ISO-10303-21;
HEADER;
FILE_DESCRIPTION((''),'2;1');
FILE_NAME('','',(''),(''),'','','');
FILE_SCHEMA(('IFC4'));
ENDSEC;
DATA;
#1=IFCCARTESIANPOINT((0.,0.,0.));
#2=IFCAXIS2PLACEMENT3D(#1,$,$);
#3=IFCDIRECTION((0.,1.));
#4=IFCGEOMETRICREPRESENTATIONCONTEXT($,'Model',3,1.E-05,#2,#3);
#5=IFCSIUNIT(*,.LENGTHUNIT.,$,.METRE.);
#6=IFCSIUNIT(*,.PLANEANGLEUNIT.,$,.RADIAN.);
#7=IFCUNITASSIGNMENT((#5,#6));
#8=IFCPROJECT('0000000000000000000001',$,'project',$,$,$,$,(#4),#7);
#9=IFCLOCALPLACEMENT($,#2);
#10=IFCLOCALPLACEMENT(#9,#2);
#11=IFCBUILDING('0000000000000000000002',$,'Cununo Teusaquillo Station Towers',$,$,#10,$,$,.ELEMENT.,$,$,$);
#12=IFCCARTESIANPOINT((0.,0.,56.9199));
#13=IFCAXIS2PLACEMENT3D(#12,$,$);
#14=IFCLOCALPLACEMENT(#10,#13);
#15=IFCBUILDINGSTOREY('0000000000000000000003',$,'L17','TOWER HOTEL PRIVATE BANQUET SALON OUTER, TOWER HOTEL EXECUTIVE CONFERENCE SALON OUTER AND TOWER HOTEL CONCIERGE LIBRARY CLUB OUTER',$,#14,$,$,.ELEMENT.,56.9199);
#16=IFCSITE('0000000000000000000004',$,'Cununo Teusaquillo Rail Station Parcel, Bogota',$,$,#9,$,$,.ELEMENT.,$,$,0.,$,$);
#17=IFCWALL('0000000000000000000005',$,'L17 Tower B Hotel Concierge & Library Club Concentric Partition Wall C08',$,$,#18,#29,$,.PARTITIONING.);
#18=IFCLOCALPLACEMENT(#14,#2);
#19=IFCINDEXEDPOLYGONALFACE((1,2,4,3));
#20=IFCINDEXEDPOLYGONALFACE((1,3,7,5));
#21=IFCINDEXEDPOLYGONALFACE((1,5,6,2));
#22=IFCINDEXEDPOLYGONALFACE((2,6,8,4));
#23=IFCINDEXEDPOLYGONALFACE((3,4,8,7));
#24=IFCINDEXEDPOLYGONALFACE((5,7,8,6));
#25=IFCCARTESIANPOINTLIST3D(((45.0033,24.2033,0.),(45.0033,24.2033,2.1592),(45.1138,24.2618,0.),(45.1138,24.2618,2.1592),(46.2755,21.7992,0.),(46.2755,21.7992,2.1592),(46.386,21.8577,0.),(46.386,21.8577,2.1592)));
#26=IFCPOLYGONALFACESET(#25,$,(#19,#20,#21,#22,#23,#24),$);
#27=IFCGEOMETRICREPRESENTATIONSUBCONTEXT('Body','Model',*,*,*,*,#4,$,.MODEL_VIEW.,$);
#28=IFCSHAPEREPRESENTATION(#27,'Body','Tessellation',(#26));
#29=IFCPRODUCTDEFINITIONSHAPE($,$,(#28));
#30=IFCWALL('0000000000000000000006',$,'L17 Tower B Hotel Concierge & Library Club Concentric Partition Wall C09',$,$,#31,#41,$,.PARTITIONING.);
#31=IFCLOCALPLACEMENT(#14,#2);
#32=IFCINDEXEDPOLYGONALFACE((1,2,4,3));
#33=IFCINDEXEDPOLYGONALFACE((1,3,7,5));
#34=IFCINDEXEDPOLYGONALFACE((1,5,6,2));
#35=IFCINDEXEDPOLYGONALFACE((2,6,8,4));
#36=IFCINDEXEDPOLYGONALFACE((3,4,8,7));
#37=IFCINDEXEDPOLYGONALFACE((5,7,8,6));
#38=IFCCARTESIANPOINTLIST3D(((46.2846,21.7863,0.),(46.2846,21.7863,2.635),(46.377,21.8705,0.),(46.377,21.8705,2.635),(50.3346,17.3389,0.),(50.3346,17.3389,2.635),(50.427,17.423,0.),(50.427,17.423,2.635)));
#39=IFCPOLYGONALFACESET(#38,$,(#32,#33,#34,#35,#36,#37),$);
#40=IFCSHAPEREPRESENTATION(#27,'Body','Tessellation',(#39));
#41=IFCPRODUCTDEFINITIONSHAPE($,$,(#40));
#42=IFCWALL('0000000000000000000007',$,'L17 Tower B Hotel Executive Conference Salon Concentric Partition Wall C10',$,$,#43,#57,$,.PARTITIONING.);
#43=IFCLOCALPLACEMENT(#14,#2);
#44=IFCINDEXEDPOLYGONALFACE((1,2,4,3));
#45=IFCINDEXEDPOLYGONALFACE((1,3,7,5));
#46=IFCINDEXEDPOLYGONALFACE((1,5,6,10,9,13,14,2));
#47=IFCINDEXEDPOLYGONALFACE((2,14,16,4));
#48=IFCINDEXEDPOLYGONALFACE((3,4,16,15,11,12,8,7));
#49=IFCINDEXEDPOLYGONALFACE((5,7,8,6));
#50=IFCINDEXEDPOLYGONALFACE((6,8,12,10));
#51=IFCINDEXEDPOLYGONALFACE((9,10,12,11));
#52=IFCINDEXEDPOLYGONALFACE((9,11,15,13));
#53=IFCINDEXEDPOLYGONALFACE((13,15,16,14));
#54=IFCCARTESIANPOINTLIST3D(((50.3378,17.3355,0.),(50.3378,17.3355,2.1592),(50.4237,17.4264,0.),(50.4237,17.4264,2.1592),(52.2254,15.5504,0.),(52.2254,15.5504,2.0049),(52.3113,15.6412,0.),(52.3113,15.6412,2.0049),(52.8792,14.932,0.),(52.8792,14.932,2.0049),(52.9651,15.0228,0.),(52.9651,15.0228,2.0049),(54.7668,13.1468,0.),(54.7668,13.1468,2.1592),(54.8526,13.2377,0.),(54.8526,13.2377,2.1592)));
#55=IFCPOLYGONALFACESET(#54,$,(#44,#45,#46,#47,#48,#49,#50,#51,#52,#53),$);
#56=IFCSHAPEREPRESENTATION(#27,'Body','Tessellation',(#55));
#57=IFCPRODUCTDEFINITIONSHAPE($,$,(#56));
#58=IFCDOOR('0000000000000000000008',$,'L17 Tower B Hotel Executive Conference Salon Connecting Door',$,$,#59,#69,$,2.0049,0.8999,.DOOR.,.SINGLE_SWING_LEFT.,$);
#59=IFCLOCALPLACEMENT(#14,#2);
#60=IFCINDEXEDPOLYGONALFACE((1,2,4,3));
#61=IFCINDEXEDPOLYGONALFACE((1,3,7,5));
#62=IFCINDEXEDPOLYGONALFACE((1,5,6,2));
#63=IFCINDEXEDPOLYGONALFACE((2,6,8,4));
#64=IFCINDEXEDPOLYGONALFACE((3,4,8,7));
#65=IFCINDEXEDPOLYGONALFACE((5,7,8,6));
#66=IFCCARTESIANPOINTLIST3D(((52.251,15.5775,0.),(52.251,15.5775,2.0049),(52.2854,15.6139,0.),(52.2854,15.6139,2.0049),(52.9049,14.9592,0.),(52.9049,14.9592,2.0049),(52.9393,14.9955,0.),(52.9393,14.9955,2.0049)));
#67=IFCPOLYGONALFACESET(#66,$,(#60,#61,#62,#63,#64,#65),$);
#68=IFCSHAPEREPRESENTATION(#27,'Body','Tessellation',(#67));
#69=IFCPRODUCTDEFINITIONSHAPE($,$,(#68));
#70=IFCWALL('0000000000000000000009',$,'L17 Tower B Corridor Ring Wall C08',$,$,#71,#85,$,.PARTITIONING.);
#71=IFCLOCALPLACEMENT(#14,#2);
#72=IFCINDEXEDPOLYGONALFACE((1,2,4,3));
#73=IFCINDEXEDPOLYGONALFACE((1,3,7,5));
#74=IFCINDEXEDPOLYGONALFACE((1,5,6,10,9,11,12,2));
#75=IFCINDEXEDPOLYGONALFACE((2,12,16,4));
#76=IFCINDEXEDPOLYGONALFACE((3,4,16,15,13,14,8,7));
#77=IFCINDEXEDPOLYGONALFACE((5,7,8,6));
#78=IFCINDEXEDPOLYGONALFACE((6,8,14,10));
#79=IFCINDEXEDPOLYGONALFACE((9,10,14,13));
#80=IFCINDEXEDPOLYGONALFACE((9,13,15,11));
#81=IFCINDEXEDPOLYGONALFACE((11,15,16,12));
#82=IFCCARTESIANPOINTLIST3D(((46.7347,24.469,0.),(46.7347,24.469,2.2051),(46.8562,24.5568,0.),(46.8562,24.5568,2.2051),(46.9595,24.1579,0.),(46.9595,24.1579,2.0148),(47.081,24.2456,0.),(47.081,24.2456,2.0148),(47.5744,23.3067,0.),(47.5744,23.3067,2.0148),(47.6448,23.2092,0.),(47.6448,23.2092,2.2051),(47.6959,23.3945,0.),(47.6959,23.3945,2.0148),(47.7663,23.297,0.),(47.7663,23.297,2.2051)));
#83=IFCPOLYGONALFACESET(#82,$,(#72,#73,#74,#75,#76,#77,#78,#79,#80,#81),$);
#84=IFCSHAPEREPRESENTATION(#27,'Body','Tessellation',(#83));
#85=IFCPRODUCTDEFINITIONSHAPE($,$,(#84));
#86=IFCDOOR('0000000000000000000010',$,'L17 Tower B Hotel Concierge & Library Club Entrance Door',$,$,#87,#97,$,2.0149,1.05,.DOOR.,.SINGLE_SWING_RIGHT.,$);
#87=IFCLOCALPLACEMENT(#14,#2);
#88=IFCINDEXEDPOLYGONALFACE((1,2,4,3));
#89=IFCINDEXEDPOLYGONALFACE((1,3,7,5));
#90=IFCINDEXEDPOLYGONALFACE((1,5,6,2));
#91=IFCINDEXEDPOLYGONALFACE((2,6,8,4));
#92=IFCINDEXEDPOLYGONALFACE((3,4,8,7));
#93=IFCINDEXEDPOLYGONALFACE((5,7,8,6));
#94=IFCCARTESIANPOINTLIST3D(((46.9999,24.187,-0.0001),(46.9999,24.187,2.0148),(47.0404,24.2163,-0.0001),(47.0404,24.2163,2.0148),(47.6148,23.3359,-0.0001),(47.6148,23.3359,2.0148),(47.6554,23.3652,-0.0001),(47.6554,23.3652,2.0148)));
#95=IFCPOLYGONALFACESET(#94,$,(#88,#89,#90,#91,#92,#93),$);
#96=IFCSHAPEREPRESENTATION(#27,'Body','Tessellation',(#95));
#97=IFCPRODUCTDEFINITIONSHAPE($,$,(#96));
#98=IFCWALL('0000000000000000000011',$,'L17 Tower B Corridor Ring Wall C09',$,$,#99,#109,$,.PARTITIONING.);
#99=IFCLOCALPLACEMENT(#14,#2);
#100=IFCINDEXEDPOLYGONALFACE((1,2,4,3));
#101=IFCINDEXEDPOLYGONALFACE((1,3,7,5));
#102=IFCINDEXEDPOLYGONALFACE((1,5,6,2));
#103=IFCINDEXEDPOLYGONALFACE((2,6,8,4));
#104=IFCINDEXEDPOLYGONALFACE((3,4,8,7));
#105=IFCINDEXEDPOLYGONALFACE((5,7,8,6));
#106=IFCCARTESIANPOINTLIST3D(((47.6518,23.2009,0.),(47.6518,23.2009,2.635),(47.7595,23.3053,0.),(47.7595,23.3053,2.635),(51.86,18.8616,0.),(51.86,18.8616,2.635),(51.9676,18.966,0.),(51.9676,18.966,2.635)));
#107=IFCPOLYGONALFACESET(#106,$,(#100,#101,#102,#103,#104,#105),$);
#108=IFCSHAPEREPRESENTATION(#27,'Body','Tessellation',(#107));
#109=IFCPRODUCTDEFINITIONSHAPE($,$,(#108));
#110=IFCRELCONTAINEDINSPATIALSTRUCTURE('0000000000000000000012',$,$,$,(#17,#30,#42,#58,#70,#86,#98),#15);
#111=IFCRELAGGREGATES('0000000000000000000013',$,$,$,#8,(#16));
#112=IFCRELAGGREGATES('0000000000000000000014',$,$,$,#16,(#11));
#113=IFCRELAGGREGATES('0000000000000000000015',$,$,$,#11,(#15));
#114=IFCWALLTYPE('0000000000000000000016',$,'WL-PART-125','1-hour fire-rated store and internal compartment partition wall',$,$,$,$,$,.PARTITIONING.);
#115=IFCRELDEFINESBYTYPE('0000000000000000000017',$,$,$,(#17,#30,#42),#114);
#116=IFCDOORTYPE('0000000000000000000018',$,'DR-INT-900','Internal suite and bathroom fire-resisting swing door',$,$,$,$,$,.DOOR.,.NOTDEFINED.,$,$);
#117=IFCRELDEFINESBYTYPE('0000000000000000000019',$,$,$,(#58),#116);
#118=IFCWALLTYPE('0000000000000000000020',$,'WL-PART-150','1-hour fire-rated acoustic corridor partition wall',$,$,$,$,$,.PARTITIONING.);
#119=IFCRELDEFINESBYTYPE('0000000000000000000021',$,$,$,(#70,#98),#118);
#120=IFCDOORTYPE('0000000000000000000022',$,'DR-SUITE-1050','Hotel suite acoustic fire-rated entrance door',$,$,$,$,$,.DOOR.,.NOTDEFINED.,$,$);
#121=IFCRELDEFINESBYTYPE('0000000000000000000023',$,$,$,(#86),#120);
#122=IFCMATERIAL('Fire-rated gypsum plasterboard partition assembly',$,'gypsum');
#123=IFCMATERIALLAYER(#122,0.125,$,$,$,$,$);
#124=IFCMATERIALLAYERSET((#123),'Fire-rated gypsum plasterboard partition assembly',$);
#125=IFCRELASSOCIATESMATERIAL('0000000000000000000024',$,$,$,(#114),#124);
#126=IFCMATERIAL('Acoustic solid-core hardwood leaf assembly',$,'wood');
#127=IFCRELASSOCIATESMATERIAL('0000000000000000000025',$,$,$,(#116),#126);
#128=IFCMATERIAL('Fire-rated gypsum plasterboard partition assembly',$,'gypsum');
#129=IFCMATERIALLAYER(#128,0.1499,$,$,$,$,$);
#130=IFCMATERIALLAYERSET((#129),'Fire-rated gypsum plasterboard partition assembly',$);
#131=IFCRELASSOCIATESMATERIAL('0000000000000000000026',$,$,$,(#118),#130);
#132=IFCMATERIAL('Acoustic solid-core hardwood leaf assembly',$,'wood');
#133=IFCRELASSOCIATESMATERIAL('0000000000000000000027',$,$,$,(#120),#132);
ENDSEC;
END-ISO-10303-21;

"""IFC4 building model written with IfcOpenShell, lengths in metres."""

from ifc_helpers import new_model, si_unit, direction, frame, frame_2d, origin, place, context, subcontext, project, spatial, rectangle, extrude, source, transform, mapped, material, layer, layer_set, type_object, element, fill, save


model = new_model("IFC4")

# Units and contexts
model_context = context("Model", 3, precision=1e-05, world=origin(), true_north=direction((0.0, 1.0)))
body_context = subcontext(model_context, "Body", "Model", "MODEL_VIEW")
ifc_project = project(units=[si_unit("LENGTHUNIT", "METRE"), si_unit("PLANEANGLEUNIT", "RADIAN")], contexts=[model_context])

# Site, building, storey
site_placement = place(None, origin())
site = spatial("IfcSite", under=ifc_project, at=site_placement, Name="Cununo Teusaquillo Rail Station Parcel, Bogota", CompositionType="ELEMENT", RefElevation=0.0)
building_placement = place(site_placement, origin())
building = spatial("IfcBuilding", under=site, at=building_placement, Name="Cununo Teusaquillo Station Towers", CompositionType="ELEMENT")
storey_placement = place(building_placement, frame((0.0, 0.0, 56.9199)))
storey = spatial("IfcBuildingStorey", under=building, at=storey_placement, Name="L17", Description="TOWER HOTEL PRIVATE BANQUET SALON OUTER, TOWER HOTEL EXECUTIVE CONFERENCE SALON OUTER AND TOWER HOTEL CONCIERGE LIBRARY CLUB OUTER", CompositionType="ELEMENT", Elevation=56.9199)

# Walls
ifc_material_1 = material(Name="Fire-rated gypsum plasterboard partition assembly", Category="gypsum")
ifc_layer_1 = layer(ifc_material_1, 0.125)
ifc_layer_set_1 = layer_set([ifc_layer_1], Name="Fire-rated gypsum plasterboard partition assembly")
wall_type_1 = type_object("IfcWallType", Name="WL-PART-125", Description="1-hour fire-rated store and internal compartment partition wall", PredefinedType="PARTITIONING", material=ifc_layer_set_1)
wall_1_placement = place(storey_placement, frame((45.0586, 24.2324, 0.0), z_axis=(0.0, 0.0, 1.0), x_axis=(0.467739, -0.883867, 0.0)))
element("IfcWall", 1, at=wall_1_placement, inside=storey, type_object=wall_type_1, Name="L17 Tower B Hotel Concierge & Library Club Concentric Partition Wall C08", PredefinedType="PARTITIONING", context=body_context, shape_type="SweptSolid", body=[
    extrude(rectangle(XDim=2.72, YDim=0.125, at=frame_2d((1.3599, 0.0))), origin(), (0.0, 0.0, 1.0), 2.1592),
])
wall_2_placement = place(storey_placement, frame((46.3308, 21.8284, 0.0), z_axis=(0.0, 0.0, 1.0), x_axis=(0.673297, -0.739372, 0.0)))
element("IfcWall", 2, at=wall_2_placement, inside=storey, type_object=wall_type_1, Name="L17 Tower B Hotel Concierge & Library Club Concentric Partition Wall C09", PredefinedType="PARTITIONING", context=body_context, shape_type="SweptSolid", body=[
    extrude(rectangle(XDim=6.0151, YDim=0.125, at=frame_2d((3.0076, 0.0))), origin(), (0.0, 0.0, 1.0), 2.635),
])

# Walls, openings, doors
wall_3_placement = place(storey_placement, frame((50.3809, 17.3809, 0.0), z_axis=(0.0, 0.0, 1.0), x_axis=(0.726537, -0.687128, 0.0)))
wall_3 = element("IfcWall", 3, at=wall_3_placement, inside=storey, type_object=wall_type_1, Name="L17 Tower B Hotel Executive Conference Salon Concentric Partition Wall C10", PredefinedType="PARTITIONING", context=body_context, shape_type="SweptSolid", body=[
    extrude(rectangle(XDim=6.0959, YDim=0.125, at=frame_2d((3.0479, 0.0))), origin(), (0.0, 0.0, 1.0), 2.1592),
])
shared_shape_1 = source(origin(), body_context, "Body", "SweptSolid", [
    extrude(rectangle(XDim=0.8999, YDim=2.0049, at=frame_2d((0.45, 1.0024))), frame((0.0, 0.0725, 0.0), z_axis=(0.0, -1.0, 0.0), x_axis=(1.0, 0.0, 0.0)), (0.0, 0.0, 1.0), 0.145),
])
opening_1_placement = place(wall_3_placement, frame((2.5979, 0.0, 0.0)))
opening_1 = element("IfcOpeningElement", 4, at=opening_1_placement, cuts=wall_3, PredefinedType="OPENING", context=body_context, shape_type="MappedRepresentation", body=[
    mapped(shared_shape_1, transform((0.0, 0.0, 0.0), x_axis=(1.0, 0.0, 0.0), y_axis=(0.0, 1.0, 0.0), z_axis=(0.0, 0.0, 1.0), scale=1.0)),
])
ifc_material_2 = material(Name="Acoustic solid-core hardwood leaf assembly", Category="wood")
door_type_1 = type_object("IfcDoorType", Name="DR-INT-900", Description="Internal suite and bathroom fire-resisting swing door", OperationType="NOTDEFINED", PredefinedType="DOOR", material=ifc_material_2)
shared_shape_2 = source(origin(), body_context, "Body", "SweptSolid", [
    extrude(rectangle(XDim=0.8999, YDim=2.0049, at=frame_2d((0.45, 1.0024))), frame((0.0, 0.0249, 0.0), z_axis=(0.0, -1.0, 0.0), x_axis=(1.0, 0.0, 0.0)), (0.0, 0.0, 1.0), 0.05),
])
door_1_placement = place(opening_1_placement, origin())
door_1 = element("IfcDoor", 5, at=door_1_placement, inside=storey, type_object=door_type_1, Name="L17 Tower B Hotel Executive Conference Salon Connecting Door", OperationType="SINGLE_SWING_LEFT", OverallHeight=2.0049, OverallWidth=0.8999, PredefinedType="DOOR", context=body_context, shape_type="MappedRepresentation", body=[
    mapped(shared_shape_2, transform((0.0, 0.0, 0.0), x_axis=(1.0, 0.0, 0.0), y_axis=(0.0, 1.0, 0.0), z_axis=(0.0, 0.0, 1.0), scale=1.0)),
])
fill(opening_1, door_1)
ifc_material_3 = material(Name="Fire-rated gypsum plasterboard partition assembly", Category="gypsum")
ifc_layer_2 = layer(ifc_material_3, 0.1499)
ifc_layer_set_2 = layer_set([ifc_layer_2], Name="Fire-rated gypsum plasterboard partition assembly")
wall_type_2 = type_object("IfcWallType", Name="WL-PART-150", Description="1-hour fire-rated acoustic corridor partition wall", PredefinedType="PARTITIONING", material=ifc_layer_set_2)
wall_4_placement = place(storey_placement, frame((46.7954, 24.5129, 0.0), z_axis=(0.0, 0.0, 1.0), x_axis=(0.585628, -0.81058, 0.0)))
wall_4 = element("IfcWall", 6, at=wall_4_placement, inside=storey, type_object=wall_type_2, Name="L17 Tower B Corridor Ring Wall C08", PredefinedType="PARTITIONING", context=body_context, shape_type="SweptSolid", body=[
    extrude(rectangle(XDim=1.5542, YDim=0.1499, at=frame_2d((0.7771, 0.0))), origin(), (0.0, 0.0, 1.0), 2.2051),
])
shared_shape_3 = source(origin(), body_context, "Body", "SweptSolid", [
    extrude(rectangle(XDim=1.05, YDim=2.0149, at=frame_2d((0.5249, 1.0073))), frame((0.0, 0.085, 0.0), z_axis=(0.0, -1.0, 0.0), x_axis=(1.0, 0.0, 0.0)), (0.0, 0.0, 1.0), 0.1699),
])
opening_2_placement = place(wall_4_placement, frame((0.384, 0.0, 0.0)))
opening_2 = element("IfcOpeningElement", 7, at=opening_2_placement, cuts=wall_4, PredefinedType="OPENING", context=body_context, shape_type="MappedRepresentation", body=[
    mapped(shared_shape_3, transform((0.0, 0.0, 0.0), x_axis=(1.0, 0.0, 0.0), y_axis=(0.0, 1.0, 0.0), z_axis=(0.0, 0.0, 1.0), scale=1.0)),
])
ifc_material_4 = material(Name="Acoustic solid-core hardwood leaf assembly", Category="wood")
door_type_2 = type_object("IfcDoorType", Name="DR-SUITE-1050", Description="Hotel suite acoustic fire-rated entrance door", OperationType="NOTDEFINED", PredefinedType="DOOR", material=ifc_material_4)
shared_shape_4 = source(origin(), body_context, "Body", "SweptSolid", [
    extrude(rectangle(XDim=1.05, YDim=2.0149, at=frame_2d((0.5249, 1.0073))), frame((0.0, 0.0249, 0.0), z_axis=(0.0, -1.0, 0.0), x_axis=(1.0, 0.0, 0.0)), (0.0, 0.0, 1.0), 0.05),
])
door_2_placement = place(opening_2_placement, origin())
door_2 = element("IfcDoor", 8, at=door_2_placement, inside=storey, type_object=door_type_2, Name="L17 Tower B Hotel Concierge & Library Club Entrance Door", OperationType="SINGLE_SWING_RIGHT", OverallHeight=2.0149, OverallWidth=1.05, PredefinedType="DOOR", context=body_context, shape_type="MappedRepresentation", body=[
    mapped(shared_shape_4, transform((0.0, 0.0, 0.0), x_axis=(1.0, 0.0, 0.0), y_axis=(0.0, 1.0, 0.0), z_axis=(0.0, 0.0, 1.0), scale=1.0)),
])
fill(opening_2, door_2)

# Wall
wall_5_placement = place(storey_placement, frame((47.7056, 23.2532, 0.0), z_axis=(0.0, 0.0, 1.0), x_axis=(0.696179, -0.717868, 0.0)))
element("IfcWall", 9, at=wall_5_placement, inside=storey, type_object=wall_type_2, Name="L17 Tower B Corridor Ring Wall C09", PredefinedType="PARTITIONING", context=body_context, shape_type="SweptSolid", body=[
    extrude(rectangle(XDim=6.0447, YDim=0.1499, at=frame_2d((3.0225, 0.0))), origin(), (0.0, 0.0, 1.0), 2.635),
])

save(model, "model.ifc")
